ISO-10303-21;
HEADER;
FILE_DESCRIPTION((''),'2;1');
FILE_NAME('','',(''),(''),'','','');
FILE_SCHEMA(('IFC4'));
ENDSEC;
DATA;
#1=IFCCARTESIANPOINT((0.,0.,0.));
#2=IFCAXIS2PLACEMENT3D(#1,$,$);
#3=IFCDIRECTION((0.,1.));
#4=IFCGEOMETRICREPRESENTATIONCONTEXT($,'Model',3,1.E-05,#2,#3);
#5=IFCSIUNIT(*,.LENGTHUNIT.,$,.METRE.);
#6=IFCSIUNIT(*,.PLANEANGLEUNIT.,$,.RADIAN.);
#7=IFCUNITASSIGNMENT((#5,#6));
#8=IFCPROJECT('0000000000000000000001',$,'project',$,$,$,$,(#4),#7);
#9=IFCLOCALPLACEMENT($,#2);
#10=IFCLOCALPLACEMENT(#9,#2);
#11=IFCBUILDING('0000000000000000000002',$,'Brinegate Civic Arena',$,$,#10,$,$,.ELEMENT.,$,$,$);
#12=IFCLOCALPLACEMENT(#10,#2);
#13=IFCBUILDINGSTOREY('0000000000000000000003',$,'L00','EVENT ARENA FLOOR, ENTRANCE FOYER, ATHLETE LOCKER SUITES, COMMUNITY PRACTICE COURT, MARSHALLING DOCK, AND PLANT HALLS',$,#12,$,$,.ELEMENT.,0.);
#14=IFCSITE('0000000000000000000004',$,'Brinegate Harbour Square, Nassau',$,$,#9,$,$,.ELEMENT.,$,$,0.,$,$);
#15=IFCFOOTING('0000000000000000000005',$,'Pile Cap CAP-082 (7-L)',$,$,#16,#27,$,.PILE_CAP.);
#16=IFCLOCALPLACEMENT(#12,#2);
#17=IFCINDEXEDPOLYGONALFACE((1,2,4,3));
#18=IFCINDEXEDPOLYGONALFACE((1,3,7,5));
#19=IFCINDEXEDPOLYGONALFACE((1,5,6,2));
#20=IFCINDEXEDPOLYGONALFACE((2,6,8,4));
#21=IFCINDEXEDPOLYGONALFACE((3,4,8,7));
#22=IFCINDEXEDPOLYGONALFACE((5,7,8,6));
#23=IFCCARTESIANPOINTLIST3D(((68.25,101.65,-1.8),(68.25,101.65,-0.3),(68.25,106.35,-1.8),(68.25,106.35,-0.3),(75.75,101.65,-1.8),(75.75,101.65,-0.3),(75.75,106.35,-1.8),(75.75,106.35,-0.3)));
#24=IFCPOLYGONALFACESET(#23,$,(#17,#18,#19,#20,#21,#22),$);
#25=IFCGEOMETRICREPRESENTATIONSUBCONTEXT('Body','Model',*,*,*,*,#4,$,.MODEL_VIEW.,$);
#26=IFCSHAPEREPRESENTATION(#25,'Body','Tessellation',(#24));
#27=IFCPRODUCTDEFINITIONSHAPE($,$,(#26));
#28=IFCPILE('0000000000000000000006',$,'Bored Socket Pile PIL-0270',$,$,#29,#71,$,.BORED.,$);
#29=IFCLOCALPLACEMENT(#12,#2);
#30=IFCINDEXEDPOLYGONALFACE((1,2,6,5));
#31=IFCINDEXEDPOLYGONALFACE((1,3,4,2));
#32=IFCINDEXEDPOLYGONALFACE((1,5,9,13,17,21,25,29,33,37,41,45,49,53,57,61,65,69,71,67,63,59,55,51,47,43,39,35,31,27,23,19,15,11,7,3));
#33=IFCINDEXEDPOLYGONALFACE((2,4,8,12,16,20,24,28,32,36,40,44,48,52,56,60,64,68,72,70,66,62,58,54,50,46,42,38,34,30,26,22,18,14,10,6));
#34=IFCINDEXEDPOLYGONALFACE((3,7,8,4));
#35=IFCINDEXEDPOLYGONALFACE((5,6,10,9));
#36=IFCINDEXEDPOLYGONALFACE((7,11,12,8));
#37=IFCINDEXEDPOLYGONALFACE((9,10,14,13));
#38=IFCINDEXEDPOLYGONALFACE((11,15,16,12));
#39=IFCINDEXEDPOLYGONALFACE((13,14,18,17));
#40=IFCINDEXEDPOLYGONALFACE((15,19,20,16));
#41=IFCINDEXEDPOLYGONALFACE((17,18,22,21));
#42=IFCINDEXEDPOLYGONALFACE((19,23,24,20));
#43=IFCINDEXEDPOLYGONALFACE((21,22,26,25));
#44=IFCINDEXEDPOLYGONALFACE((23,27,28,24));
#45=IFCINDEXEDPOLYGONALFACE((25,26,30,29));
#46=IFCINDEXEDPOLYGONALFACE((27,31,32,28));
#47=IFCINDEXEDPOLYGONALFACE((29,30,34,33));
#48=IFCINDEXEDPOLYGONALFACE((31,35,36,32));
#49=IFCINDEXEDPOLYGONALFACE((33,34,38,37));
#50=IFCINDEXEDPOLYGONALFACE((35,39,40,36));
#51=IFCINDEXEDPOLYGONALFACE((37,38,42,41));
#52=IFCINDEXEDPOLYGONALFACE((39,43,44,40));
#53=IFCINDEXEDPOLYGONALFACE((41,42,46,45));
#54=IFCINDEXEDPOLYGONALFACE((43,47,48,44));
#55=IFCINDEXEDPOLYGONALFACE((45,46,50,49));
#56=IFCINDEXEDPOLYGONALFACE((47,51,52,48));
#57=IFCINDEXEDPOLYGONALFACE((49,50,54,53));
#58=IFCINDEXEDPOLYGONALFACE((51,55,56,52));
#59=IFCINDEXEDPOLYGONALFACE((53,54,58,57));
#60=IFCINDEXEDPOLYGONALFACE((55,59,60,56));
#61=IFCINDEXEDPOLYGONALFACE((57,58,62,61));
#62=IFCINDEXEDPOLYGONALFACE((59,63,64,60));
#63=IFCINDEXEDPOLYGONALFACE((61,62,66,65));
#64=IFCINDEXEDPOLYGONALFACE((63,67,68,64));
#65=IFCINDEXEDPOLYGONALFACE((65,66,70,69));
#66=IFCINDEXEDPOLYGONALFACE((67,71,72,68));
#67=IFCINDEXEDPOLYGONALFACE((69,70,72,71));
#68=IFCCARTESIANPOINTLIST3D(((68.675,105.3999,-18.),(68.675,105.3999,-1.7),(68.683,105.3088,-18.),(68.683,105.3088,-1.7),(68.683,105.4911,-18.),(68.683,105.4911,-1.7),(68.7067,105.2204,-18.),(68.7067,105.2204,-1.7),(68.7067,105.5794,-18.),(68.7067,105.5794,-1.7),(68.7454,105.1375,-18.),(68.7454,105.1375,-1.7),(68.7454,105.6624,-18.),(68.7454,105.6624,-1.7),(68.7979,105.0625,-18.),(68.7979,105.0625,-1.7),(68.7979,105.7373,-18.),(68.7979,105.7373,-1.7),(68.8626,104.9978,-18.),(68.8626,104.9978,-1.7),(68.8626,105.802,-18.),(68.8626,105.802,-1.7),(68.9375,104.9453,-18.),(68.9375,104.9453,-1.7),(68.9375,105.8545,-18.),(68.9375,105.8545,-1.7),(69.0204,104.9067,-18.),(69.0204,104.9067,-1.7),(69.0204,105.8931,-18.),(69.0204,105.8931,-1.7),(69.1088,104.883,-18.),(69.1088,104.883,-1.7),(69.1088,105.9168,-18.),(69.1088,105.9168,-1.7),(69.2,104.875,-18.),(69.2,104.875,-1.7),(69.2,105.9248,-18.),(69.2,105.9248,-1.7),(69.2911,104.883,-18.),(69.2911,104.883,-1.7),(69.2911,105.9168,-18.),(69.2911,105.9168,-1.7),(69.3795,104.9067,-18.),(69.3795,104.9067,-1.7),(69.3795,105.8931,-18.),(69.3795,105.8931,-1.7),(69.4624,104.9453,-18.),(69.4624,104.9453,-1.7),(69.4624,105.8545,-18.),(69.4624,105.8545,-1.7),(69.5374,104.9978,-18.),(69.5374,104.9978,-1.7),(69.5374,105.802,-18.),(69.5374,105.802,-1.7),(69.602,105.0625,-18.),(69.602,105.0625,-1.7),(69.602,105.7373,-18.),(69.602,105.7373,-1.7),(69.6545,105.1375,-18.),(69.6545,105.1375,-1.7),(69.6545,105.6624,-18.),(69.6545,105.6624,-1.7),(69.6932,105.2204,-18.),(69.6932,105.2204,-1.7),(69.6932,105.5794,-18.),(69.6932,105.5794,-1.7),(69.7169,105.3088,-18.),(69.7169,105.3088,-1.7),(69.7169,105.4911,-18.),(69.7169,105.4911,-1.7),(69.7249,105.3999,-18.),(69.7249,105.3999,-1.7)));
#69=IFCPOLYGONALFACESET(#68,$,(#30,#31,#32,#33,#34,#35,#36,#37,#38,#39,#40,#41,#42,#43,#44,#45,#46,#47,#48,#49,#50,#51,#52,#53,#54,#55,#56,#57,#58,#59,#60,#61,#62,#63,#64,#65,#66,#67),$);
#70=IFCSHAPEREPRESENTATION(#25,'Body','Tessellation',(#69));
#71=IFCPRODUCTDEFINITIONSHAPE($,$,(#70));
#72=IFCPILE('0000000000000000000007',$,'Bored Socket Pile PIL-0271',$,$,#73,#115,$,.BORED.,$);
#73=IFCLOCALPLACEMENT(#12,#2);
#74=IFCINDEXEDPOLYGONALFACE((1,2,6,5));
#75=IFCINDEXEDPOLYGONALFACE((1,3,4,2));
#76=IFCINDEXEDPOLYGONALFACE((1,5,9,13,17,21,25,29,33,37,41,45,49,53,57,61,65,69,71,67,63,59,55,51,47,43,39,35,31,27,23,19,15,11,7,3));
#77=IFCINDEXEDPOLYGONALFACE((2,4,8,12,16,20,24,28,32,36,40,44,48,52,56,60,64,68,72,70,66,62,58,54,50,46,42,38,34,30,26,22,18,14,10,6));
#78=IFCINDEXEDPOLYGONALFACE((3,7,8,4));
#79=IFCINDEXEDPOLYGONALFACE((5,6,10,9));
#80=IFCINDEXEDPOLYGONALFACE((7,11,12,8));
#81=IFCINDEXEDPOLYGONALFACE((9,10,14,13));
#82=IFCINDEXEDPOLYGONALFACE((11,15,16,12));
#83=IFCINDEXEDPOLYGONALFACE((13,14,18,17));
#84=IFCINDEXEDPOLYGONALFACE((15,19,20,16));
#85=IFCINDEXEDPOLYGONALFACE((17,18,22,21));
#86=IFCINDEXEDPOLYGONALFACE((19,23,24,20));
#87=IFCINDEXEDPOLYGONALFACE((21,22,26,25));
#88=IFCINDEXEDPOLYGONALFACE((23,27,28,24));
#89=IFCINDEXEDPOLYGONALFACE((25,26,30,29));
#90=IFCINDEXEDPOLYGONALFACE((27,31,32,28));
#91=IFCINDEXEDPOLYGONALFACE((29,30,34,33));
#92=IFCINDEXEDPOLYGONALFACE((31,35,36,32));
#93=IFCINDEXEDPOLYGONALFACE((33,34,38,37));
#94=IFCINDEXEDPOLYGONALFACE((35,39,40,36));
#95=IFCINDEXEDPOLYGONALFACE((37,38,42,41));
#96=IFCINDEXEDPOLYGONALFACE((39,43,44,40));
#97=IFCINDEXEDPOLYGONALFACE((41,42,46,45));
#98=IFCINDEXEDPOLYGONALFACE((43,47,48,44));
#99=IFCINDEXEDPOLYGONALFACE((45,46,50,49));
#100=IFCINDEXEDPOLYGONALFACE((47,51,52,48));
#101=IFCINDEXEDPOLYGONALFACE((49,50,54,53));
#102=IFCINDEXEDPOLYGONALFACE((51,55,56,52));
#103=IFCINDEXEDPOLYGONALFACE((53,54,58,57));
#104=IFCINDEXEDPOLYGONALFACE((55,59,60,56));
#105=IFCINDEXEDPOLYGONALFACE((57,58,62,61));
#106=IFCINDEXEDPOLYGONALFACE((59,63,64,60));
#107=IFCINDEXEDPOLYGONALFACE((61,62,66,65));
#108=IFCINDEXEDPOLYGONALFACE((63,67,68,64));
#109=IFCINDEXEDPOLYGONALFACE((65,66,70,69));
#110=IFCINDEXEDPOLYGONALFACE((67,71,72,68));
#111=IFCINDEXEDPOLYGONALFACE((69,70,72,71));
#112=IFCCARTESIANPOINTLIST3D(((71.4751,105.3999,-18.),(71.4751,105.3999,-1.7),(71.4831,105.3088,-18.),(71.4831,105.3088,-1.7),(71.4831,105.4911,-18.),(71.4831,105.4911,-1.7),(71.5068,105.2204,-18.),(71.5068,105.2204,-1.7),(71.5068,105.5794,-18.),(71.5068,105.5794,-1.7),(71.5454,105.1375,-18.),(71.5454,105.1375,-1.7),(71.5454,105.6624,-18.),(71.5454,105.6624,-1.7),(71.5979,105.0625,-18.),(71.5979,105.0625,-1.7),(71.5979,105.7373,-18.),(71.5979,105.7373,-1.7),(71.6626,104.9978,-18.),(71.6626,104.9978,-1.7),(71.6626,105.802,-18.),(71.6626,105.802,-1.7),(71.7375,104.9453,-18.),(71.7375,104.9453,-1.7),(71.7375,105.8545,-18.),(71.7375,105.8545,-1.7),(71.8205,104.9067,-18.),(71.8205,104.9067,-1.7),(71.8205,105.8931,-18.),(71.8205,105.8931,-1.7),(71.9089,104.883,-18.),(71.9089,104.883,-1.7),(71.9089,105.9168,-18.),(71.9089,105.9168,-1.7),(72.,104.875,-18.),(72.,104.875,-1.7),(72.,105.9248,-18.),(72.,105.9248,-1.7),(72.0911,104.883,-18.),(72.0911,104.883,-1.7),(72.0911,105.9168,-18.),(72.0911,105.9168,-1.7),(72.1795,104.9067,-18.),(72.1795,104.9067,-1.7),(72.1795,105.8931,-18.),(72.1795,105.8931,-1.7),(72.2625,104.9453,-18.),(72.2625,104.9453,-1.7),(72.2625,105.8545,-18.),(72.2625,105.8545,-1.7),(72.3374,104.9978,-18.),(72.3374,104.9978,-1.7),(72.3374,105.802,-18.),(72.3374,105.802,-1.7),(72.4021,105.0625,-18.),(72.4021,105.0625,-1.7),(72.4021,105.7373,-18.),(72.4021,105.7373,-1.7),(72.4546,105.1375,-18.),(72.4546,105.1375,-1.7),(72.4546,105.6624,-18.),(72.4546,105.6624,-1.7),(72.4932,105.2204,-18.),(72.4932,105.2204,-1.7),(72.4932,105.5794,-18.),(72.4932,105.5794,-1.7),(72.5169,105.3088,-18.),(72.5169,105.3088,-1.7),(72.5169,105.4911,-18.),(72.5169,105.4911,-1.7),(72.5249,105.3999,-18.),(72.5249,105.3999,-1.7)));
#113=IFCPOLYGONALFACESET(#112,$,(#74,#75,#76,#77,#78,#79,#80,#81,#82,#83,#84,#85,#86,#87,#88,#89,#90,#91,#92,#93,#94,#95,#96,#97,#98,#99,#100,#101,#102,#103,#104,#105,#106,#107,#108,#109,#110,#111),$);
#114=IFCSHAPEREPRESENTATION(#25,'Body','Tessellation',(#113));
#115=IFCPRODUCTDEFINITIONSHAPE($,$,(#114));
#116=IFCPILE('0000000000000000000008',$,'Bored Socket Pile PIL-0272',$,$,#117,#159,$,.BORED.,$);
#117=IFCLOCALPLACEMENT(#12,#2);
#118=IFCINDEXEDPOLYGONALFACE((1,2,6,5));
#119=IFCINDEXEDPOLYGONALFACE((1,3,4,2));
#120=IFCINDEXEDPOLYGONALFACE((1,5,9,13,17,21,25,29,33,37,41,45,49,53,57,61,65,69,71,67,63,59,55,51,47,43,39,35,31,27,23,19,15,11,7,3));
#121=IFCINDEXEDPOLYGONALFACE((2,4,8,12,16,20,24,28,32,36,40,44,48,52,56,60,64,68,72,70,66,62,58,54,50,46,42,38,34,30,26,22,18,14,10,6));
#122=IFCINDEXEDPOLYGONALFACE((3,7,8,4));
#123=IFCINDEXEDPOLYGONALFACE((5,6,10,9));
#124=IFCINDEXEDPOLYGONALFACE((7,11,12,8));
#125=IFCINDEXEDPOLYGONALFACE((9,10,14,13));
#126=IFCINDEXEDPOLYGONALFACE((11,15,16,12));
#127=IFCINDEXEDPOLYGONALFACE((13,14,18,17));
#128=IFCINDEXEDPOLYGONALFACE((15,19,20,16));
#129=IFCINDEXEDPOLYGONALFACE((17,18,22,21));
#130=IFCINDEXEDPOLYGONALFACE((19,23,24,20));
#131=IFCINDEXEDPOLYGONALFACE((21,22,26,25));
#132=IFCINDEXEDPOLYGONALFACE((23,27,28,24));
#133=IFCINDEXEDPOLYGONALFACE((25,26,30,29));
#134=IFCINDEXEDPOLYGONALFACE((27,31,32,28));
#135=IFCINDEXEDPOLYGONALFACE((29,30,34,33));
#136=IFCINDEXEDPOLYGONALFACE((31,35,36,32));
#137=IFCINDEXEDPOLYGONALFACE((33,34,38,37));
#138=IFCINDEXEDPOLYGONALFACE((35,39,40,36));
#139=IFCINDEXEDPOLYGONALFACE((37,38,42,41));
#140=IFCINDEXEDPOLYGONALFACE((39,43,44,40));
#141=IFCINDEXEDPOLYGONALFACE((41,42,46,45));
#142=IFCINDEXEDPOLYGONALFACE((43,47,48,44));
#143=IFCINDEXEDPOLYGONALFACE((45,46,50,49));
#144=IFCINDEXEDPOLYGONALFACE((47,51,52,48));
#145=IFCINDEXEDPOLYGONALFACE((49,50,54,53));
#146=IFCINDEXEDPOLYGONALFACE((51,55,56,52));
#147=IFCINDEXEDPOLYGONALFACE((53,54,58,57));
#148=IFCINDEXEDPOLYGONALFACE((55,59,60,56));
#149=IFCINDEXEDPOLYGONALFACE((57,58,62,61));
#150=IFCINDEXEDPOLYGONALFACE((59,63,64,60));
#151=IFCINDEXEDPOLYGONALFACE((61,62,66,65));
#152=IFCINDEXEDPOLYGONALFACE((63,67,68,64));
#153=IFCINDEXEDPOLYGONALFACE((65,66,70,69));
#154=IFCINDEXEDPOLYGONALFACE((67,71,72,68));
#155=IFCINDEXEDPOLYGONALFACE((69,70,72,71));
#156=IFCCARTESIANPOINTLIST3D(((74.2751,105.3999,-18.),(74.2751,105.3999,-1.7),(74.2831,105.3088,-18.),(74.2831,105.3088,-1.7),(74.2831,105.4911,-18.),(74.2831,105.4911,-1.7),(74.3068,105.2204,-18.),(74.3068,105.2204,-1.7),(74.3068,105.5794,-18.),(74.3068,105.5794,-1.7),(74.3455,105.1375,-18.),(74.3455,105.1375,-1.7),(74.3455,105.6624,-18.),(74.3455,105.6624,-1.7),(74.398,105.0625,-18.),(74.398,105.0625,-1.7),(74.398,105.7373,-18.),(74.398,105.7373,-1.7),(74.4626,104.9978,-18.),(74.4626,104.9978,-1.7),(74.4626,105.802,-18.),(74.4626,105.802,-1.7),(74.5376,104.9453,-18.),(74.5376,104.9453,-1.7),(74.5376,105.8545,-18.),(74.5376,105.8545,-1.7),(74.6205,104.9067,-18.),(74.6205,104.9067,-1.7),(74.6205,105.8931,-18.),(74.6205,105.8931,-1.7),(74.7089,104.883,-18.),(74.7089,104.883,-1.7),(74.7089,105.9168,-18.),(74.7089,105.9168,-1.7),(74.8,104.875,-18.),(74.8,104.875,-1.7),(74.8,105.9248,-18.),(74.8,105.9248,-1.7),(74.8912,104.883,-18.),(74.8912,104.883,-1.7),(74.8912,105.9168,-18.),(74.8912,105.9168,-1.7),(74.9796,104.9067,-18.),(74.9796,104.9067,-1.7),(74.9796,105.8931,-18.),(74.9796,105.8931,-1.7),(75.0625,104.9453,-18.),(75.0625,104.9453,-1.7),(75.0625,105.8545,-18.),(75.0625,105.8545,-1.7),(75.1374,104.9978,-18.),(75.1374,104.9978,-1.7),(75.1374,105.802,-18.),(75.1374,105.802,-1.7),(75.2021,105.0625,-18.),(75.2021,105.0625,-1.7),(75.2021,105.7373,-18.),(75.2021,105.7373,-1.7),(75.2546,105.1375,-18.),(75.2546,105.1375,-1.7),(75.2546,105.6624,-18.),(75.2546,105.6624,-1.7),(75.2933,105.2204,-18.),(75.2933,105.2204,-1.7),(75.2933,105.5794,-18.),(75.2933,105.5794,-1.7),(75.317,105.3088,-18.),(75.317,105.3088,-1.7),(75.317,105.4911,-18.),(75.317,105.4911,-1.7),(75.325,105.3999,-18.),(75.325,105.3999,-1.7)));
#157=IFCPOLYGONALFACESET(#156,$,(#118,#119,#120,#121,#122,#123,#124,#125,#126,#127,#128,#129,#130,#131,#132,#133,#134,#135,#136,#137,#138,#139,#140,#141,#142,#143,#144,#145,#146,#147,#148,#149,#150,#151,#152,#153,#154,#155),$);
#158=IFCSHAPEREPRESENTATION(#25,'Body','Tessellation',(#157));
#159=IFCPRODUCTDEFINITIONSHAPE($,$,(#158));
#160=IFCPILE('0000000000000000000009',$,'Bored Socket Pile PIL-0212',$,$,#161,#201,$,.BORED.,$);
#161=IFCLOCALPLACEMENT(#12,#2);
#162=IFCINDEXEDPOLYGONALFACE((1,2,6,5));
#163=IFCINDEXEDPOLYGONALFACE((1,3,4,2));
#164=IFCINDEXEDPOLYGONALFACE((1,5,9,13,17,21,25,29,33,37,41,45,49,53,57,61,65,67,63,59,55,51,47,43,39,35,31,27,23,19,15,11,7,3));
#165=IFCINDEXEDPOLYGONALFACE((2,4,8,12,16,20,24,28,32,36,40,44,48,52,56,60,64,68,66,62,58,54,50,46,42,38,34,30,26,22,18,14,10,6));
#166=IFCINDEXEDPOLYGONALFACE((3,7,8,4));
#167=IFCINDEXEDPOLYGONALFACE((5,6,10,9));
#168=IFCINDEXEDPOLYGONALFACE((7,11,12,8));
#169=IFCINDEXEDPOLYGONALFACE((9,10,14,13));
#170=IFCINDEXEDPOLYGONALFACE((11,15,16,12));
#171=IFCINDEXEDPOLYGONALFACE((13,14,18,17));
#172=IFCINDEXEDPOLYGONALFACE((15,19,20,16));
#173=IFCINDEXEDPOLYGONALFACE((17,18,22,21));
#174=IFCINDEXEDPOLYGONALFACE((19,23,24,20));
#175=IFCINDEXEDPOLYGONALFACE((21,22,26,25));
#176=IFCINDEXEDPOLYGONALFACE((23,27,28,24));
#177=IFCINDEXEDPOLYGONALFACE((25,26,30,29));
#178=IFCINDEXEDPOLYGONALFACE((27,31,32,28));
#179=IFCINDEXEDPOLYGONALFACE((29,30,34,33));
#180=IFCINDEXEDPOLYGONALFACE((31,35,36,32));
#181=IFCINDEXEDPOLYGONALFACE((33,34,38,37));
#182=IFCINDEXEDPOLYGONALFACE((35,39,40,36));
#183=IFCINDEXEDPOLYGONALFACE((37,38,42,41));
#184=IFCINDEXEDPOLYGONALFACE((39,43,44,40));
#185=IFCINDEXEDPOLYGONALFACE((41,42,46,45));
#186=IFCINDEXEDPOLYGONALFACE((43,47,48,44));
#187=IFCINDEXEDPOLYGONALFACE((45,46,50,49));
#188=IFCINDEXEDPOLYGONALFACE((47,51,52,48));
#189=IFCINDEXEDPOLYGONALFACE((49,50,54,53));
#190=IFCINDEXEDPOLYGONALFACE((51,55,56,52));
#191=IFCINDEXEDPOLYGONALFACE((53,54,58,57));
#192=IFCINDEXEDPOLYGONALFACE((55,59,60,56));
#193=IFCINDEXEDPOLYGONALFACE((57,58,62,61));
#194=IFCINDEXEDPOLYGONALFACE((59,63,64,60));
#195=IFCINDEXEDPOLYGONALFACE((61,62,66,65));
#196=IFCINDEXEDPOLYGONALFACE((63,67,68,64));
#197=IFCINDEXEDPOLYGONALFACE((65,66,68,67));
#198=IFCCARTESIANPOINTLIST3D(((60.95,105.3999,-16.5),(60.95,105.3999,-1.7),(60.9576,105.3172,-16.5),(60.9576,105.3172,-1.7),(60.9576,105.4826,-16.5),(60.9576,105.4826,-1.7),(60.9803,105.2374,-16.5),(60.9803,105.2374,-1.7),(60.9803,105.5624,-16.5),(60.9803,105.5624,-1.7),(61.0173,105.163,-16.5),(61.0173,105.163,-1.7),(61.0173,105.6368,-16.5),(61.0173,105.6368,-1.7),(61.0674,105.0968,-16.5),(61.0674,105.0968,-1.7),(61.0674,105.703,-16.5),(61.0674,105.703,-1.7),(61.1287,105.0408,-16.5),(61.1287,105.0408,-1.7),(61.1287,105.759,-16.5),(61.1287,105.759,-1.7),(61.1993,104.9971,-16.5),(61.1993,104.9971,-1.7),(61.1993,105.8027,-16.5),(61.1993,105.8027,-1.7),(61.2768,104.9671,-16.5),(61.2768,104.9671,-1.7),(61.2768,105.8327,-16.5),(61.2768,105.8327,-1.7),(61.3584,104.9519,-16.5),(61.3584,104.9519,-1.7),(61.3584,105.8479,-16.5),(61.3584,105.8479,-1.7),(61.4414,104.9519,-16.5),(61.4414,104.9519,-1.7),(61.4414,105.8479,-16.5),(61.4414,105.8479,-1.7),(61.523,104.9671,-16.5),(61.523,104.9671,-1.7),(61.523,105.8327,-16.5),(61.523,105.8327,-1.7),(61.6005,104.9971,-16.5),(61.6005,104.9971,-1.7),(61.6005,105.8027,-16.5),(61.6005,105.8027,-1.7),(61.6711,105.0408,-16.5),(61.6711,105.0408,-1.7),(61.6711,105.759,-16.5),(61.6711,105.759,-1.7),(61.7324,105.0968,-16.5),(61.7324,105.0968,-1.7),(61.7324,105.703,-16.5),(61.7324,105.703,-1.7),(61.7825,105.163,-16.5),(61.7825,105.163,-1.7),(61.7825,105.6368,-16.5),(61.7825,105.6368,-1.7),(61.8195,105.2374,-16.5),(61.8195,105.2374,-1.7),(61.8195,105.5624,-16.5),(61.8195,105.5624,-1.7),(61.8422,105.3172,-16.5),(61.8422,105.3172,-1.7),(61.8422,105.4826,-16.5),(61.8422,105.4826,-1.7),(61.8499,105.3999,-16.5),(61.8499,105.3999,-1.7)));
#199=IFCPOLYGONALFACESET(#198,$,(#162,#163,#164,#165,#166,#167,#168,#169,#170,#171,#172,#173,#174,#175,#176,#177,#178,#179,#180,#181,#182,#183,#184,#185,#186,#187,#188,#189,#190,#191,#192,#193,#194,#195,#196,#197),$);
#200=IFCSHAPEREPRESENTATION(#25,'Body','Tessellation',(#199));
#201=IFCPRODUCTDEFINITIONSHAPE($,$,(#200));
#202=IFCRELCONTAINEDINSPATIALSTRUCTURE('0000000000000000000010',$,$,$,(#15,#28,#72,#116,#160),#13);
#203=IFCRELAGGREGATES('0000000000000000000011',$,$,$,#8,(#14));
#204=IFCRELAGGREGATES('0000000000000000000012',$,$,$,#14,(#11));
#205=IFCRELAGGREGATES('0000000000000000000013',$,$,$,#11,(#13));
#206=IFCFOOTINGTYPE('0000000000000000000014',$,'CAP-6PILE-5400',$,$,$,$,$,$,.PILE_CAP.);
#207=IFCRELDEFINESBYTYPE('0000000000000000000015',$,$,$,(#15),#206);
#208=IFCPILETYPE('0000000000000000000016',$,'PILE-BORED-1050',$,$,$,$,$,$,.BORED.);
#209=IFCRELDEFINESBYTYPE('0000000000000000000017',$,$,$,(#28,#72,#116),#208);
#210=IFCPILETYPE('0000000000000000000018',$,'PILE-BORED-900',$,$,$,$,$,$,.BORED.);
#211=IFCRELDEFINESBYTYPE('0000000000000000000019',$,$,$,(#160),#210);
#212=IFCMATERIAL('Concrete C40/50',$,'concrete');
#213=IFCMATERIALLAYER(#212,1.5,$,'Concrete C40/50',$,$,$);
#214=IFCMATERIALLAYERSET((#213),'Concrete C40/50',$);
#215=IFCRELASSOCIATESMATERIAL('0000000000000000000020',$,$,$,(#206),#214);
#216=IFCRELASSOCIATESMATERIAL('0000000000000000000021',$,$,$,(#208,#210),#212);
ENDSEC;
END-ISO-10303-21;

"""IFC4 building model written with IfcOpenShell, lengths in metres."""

from ifc_helpers import new_model, si_unit, direction, frame, origin, origin_2d, place, context, subcontext, project, spatial, rectangle, circle, extrude, material, layer, layer_set, material_profile, profile_set, type_object, element, save


model = new_model("IFC4")

# Units and contexts
model_context = context("Model", 3, precision=1e-05, world=origin(), true_north=direction((0.0, 1.0)))
body_context = subcontext(model_context, "Body", "Model", "MODEL_VIEW")
ifc_project = project(units=[si_unit("LENGTHUNIT", "METRE"), si_unit("PLANEANGLEUNIT", "RADIAN")], contexts=[model_context])

# Site, building, storey
site_placement = place(None, origin())
site = spatial("IfcSite", under=ifc_project, at=site_placement, Name="Brinegate Harbour Square, Nassau", CompositionType="ELEMENT", RefElevation=0.0)
building_placement = place(site_placement, origin())
building = spatial("IfcBuilding", under=site, at=building_placement, Name="Brinegate Civic Arena", CompositionType="ELEMENT")
storey_placement = place(building_placement, origin())
storey = spatial("IfcBuildingStorey", under=building, at=storey_placement, Name="L00", Description="EVENT ARENA FLOOR, ENTRANCE FOYER, ATHLETE LOCKER SUITES, COMMUNITY PRACTICE COURT, MARSHALLING DOCK, AND PLANT HALLS", CompositionType="ELEMENT", Elevation=0.0)

# Footing
ifc_material_1 = material(Name="Concrete C40/50", Category="concrete")
ifc_layer_1 = layer(ifc_material_1, 1.5, Name="Concrete C40/50")
ifc_layer_set_1 = layer_set([ifc_layer_1], Name="Concrete C40/50")
footing_type_1 = type_object("IfcFootingType", Name="CAP-6PILE-5400", PredefinedType="PILE_CAP", material=ifc_layer_set_1)
footing_1_placement = place(storey_placement, frame((72.0, 104.0, -1.8), z_axis=(0.0, 0.0, 1.0), x_axis=(1.0, 0.0, 0.0)))
element("IfcFooting", 1, at=footing_1_placement, inside=storey, type_object=footing_type_1, Name="Pile Cap CAP-082 (7-L)", PredefinedType="PILE_CAP", context=body_context, shape_type="SweptSolid", body=[
    extrude(rectangle(XDim=7.5, YDim=4.7, at=origin_2d()), origin(), (0.0, 0.0, 1.0), 1.5),
])

# Piles
ifc_material_profile_1 = material_profile(ifc_material_1, circle(Radius=0.5249, at=origin_2d()), Name="PILED1050")
ifc_profile_set_1 = profile_set([ifc_material_profile_1], Name="Concrete C40/50")
pile_type_1 = type_object("IfcPileType", Name="PILE-BORED-1050", PredefinedType="BORED", material=ifc_profile_set_1)
for number, where, z_axis, x_axis, name in (
    (2, (69.2, 105.3999, -1.7), (0.0, 0.0, -1.0), (1.0, 0.0, 0.0), "Bored Socket Pile PIL-0270"),
    (3, (72.0, 105.3999, -1.7), (0.0, 0.0, -1.0), (1.0, 0.0, 0.0), "Bored Socket Pile PIL-0271"),
    (4, (74.8, 105.3999, -1.7), (0.0, 0.0, -1.0), (1.0, 0.0, 0.0), "Bored Socket Pile PIL-0272"),
):
    element("IfcPile", number, at=place(storey_placement, frame(where, z_axis=z_axis, x_axis=x_axis)), inside=storey, type_object=pile_type_1, Name=name, PredefinedType="BORED", context=body_context, shape_type="SweptSolid", body=[
        extrude(circle(Radius=0.5249, at=origin_2d()), origin(), (0.0, 0.0, 1.0), 16.3),
    ])
ifc_material_profile_2 = material_profile(ifc_material_1, circle(Radius=0.45, at=origin_2d()), Name="PILED900")
ifc_profile_set_2 = profile_set([ifc_material_profile_2], Name="Concrete C40/50")
pile_type_2 = type_object("IfcPileType", Name="PILE-BORED-900", PredefinedType="BORED", material=ifc_profile_set_2)
pile_placement = place(storey_placement, frame((61.3999, 105.3999, -1.7), z_axis=(0.0, 0.0, -1.0), x_axis=(1.0, 0.0, 0.0)))
element("IfcPile", 5, at=pile_placement, inside=storey, type_object=pile_type_2, Name="Bored Socket Pile PIL-0212", PredefinedType="BORED", context=body_context, shape_type="SweptSolid", body=[
    extrude(circle(Radius=0.45, at=origin_2d()), origin(), (0.0, 0.0, 1.0), 14.8),
])

save(model, "model.ifc")
